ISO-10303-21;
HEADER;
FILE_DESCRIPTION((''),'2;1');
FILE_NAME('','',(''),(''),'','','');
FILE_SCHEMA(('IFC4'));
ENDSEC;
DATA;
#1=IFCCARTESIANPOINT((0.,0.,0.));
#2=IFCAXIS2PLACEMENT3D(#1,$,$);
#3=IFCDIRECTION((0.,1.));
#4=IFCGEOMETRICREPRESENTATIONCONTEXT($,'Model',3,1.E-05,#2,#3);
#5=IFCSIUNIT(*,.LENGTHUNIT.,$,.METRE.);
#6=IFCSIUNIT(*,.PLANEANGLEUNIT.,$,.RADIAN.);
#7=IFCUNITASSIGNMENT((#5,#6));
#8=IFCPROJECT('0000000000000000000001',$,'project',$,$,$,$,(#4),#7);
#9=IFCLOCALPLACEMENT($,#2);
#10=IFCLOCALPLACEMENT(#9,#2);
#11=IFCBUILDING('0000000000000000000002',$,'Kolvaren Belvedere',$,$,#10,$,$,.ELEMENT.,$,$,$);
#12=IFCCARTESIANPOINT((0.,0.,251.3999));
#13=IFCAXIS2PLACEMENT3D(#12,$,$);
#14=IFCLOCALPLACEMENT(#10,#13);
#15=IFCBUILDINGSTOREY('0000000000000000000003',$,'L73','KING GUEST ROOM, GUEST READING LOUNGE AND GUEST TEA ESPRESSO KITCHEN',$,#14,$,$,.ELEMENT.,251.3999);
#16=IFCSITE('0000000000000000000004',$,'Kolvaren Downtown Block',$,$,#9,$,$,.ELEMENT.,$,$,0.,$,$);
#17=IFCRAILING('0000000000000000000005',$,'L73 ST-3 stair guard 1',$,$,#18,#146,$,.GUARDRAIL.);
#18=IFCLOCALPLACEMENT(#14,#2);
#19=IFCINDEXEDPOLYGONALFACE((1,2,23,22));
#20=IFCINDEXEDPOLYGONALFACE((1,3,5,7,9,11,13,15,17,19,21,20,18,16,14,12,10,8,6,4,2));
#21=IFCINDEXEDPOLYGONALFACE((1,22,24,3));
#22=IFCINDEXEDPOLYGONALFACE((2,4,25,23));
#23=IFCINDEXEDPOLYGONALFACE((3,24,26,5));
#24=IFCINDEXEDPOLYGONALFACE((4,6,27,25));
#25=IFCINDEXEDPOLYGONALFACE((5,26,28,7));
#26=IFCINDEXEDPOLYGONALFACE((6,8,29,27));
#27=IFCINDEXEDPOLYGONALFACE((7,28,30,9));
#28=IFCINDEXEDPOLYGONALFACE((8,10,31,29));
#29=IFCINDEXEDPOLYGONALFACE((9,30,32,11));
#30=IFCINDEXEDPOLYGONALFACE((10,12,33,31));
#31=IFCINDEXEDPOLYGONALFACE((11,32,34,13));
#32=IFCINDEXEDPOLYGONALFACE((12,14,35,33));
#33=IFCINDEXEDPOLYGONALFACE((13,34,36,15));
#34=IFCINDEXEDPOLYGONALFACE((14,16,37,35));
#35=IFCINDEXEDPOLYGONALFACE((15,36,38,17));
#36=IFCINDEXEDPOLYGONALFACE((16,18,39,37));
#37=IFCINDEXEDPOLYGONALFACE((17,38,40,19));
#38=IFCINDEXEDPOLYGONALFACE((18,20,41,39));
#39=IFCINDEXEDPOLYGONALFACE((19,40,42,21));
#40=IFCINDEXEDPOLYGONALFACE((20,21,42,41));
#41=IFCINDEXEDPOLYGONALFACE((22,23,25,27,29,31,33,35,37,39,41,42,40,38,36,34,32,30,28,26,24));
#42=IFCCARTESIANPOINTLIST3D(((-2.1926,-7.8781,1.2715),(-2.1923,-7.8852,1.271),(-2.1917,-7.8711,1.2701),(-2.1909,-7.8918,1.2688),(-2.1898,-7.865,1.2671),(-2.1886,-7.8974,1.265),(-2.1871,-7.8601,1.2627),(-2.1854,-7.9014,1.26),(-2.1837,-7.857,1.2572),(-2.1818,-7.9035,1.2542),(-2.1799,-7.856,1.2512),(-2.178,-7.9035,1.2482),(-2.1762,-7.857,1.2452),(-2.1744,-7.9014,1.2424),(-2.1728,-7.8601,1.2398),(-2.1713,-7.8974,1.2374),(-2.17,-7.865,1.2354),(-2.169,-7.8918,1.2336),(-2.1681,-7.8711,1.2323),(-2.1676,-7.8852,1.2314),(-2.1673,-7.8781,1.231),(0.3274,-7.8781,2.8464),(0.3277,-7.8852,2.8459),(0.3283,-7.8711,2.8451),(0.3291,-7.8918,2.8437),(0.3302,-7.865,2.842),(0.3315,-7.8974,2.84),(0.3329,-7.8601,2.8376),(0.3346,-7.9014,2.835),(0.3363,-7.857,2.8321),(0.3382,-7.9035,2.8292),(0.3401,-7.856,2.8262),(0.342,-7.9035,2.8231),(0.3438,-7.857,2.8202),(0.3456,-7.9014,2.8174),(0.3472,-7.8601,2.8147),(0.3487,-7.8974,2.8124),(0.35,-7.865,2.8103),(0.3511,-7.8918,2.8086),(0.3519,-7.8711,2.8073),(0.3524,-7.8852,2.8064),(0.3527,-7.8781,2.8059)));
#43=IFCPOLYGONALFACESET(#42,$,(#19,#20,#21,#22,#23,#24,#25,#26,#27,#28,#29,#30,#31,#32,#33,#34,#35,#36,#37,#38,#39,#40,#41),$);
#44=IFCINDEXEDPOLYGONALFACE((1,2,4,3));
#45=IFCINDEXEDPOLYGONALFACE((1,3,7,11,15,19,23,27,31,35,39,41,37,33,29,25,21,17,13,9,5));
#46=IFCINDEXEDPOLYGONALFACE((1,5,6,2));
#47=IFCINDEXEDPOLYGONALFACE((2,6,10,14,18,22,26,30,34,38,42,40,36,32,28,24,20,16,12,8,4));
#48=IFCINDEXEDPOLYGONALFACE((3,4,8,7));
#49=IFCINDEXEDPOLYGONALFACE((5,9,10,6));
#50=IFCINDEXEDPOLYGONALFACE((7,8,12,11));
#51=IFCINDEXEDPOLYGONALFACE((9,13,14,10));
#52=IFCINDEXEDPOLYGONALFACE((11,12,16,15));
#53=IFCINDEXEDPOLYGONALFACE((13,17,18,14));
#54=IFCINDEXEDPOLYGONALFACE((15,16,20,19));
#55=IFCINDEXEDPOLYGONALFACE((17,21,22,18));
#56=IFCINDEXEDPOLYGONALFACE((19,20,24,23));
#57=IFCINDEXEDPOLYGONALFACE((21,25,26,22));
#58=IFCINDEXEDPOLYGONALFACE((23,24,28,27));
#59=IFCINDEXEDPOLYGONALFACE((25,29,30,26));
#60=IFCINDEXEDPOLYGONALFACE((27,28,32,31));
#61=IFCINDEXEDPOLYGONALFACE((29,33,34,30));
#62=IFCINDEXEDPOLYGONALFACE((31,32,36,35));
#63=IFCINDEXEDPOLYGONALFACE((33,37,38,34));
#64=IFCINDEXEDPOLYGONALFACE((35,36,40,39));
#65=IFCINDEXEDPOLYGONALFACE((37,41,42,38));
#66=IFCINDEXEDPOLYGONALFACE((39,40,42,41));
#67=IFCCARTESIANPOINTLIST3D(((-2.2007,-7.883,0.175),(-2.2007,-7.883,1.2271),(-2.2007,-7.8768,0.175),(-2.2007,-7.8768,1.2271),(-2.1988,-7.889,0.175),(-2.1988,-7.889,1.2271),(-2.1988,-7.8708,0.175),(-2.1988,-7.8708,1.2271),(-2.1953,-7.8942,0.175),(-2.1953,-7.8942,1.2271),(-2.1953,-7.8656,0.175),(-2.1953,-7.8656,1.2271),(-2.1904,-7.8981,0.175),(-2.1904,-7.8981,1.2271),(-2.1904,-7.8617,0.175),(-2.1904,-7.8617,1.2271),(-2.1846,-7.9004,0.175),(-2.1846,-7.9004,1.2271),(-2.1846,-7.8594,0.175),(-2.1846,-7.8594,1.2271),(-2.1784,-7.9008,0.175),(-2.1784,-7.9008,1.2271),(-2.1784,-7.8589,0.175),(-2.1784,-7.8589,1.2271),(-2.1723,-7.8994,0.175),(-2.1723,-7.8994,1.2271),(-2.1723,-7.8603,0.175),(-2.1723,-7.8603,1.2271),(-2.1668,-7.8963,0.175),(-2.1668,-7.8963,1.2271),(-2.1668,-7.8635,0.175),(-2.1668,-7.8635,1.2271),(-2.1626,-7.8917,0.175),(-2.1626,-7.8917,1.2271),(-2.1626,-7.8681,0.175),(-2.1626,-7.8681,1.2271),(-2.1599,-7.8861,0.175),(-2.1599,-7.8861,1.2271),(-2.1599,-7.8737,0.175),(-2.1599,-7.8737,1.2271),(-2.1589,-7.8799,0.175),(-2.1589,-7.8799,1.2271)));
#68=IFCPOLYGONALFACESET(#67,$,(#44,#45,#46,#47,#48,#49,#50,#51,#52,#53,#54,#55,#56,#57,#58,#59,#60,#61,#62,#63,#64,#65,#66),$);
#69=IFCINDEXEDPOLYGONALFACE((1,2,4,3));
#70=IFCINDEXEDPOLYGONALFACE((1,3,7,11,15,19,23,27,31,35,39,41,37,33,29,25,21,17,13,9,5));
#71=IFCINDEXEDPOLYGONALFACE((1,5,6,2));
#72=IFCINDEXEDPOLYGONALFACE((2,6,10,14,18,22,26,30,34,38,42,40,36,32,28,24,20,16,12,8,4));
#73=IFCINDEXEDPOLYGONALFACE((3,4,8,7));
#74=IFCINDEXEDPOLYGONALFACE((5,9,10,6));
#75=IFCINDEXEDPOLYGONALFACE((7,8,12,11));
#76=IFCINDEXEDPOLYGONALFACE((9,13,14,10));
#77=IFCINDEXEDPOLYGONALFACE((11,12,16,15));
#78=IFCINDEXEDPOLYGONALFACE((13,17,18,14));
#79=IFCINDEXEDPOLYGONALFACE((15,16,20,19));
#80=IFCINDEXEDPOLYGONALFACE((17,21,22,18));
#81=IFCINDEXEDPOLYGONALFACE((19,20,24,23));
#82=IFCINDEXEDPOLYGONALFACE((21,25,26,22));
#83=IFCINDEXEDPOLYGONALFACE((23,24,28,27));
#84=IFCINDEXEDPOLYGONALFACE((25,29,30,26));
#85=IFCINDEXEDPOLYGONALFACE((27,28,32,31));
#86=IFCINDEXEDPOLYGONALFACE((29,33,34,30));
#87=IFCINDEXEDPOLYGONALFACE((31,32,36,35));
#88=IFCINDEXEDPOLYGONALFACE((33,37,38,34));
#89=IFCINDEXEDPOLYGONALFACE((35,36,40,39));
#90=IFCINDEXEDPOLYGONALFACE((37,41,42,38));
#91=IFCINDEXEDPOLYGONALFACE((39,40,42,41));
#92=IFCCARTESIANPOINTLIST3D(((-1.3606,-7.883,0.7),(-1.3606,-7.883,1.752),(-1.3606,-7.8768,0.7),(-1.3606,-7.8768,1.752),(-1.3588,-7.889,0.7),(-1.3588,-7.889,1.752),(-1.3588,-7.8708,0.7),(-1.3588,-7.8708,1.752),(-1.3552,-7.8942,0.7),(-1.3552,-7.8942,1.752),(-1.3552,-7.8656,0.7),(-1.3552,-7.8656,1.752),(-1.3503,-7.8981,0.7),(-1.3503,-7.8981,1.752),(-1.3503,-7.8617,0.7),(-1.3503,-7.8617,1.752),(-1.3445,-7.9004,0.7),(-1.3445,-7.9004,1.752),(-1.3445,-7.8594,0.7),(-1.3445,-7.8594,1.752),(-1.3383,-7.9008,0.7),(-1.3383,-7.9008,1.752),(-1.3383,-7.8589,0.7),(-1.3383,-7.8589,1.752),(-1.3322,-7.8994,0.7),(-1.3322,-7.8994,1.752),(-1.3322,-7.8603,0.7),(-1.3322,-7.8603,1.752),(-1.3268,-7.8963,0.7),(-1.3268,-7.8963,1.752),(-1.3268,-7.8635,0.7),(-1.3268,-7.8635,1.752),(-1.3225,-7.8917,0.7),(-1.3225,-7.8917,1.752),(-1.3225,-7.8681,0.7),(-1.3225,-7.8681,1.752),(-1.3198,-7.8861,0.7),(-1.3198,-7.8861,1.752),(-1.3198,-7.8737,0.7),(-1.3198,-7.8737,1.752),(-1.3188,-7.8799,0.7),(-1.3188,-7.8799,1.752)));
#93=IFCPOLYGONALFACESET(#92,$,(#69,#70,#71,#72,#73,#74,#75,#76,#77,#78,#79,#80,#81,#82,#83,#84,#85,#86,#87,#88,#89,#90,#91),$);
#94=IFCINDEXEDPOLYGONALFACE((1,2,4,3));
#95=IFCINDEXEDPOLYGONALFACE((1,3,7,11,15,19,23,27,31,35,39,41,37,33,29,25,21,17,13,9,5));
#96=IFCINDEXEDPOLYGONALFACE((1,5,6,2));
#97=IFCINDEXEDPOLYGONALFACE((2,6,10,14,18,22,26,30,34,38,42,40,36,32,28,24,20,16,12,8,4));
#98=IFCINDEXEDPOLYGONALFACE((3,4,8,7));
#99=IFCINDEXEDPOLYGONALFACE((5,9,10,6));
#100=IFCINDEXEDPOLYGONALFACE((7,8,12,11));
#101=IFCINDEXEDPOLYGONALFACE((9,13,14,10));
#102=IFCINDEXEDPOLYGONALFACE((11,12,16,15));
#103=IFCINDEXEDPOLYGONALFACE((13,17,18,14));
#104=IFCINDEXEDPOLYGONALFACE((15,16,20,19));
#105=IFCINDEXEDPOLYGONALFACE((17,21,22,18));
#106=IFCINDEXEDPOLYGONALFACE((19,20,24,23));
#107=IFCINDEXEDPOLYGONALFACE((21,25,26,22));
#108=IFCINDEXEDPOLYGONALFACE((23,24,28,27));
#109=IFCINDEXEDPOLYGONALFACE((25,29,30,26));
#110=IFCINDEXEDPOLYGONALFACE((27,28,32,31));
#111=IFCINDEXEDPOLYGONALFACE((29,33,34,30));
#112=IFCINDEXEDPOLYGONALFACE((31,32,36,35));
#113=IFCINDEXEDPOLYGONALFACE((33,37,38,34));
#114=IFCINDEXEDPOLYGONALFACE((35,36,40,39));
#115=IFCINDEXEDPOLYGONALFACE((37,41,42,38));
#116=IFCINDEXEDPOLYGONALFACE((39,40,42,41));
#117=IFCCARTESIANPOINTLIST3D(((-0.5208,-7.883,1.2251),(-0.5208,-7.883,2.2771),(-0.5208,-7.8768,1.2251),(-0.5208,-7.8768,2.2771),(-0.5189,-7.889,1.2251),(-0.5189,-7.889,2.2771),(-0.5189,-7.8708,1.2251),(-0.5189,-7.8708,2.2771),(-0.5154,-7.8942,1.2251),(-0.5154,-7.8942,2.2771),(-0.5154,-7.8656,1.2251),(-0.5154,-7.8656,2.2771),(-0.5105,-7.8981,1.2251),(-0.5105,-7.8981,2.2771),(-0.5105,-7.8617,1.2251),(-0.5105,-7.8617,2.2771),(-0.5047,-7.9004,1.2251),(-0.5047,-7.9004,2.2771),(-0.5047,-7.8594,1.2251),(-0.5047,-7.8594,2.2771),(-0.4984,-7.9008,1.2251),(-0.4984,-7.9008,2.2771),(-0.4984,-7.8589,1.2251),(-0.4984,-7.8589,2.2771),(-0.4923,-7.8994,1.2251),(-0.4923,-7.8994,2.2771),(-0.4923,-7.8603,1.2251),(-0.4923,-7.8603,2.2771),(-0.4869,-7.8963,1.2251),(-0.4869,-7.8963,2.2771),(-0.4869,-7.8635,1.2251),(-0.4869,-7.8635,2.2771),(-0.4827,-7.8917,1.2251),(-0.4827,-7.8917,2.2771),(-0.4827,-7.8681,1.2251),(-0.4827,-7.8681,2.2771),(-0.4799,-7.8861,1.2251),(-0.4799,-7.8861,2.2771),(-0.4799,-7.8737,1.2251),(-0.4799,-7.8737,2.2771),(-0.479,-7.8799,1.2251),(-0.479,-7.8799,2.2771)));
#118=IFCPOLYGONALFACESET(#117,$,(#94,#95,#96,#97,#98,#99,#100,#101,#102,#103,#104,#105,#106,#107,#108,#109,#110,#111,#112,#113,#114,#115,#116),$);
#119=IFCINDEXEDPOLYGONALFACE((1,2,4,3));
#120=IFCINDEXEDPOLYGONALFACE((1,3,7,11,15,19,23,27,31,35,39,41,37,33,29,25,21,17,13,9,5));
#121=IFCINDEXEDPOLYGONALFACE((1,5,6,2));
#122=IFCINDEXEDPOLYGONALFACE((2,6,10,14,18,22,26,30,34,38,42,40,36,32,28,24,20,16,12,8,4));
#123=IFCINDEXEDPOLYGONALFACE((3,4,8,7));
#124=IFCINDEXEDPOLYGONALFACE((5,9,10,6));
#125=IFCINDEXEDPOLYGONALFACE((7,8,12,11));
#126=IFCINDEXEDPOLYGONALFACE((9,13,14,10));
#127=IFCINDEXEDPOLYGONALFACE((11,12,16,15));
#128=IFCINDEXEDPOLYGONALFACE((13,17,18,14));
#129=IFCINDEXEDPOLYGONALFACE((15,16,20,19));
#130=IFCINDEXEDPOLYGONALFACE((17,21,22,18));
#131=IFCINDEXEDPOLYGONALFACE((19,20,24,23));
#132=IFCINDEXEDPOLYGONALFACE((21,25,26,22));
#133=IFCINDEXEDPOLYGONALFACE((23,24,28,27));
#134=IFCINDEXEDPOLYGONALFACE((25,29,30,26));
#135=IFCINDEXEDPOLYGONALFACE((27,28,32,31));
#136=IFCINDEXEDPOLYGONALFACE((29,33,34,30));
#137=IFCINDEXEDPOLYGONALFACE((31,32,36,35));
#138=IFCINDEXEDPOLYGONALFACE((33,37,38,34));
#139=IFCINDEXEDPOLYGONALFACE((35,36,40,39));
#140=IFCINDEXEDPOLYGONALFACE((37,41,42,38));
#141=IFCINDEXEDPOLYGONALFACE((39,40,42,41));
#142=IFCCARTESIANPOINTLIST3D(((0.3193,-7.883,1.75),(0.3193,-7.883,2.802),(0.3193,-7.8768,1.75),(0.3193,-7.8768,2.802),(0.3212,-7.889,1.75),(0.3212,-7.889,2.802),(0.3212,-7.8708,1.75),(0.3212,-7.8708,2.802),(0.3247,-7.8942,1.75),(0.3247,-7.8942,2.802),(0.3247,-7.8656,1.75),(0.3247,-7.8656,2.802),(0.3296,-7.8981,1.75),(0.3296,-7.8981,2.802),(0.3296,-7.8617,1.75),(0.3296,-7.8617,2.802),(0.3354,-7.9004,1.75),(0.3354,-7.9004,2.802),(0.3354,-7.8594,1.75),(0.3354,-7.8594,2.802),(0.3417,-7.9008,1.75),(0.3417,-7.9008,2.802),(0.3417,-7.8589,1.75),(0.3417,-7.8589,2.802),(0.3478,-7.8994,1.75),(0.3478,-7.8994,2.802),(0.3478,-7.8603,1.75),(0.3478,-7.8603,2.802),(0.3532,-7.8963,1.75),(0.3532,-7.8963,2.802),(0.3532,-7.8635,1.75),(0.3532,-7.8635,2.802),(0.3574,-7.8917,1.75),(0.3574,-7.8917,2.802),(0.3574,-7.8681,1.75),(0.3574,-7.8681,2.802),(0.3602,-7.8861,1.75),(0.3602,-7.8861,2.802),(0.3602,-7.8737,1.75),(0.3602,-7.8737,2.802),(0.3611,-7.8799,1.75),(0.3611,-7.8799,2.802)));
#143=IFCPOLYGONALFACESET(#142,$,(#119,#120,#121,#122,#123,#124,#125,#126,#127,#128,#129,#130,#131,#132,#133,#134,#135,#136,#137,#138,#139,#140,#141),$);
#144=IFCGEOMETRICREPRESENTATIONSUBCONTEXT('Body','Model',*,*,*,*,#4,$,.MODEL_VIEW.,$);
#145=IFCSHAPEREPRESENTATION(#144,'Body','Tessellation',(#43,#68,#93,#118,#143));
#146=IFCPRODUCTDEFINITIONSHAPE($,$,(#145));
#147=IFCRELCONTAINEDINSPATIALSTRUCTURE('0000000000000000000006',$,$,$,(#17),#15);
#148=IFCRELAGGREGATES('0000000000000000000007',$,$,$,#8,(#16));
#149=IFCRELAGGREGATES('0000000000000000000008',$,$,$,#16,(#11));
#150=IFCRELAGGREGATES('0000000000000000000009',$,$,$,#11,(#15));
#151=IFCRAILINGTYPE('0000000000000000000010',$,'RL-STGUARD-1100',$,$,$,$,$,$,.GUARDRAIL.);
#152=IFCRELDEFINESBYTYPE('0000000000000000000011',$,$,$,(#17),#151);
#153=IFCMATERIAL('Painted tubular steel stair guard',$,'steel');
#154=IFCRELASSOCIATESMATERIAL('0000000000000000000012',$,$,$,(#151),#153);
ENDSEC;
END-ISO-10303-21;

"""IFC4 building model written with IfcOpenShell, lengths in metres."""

from ifc_helpers import new_model, si_unit, direction, frame, origin, origin_2d, place, context, subcontext, project, spatial, circle, extrude, material, type_object, element, save


model = new_model("IFC4")

# Units and contexts
model_context = context("Model", 3, precision=1e-05, world=origin(), true_north=direction((0.0, 1.0)))
body_context = subcontext(model_context, "Body", "Model", "MODEL_VIEW")
ifc_project = project(units=[si_unit("LENGTHUNIT", "METRE"), si_unit("PLANEANGLEUNIT", "RADIAN")], contexts=[model_context])

# Site, building, storey
site_placement = place(None, origin())
site = spatial("IfcSite", under=ifc_project, at=site_placement, Name="Kolvaren Downtown Block", CompositionType="ELEMENT", RefElevation=0.0)
building_placement = place(site_placement, origin())
building = spatial("IfcBuilding", under=site, at=building_placement, Name="Kolvaren Belvedere", CompositionType="ELEMENT")
storey_placement = place(building_placement, frame((0.0, 0.0, 251.3999)))
storey = spatial("IfcBuildingStorey", under=building, at=storey_placement, Name="L73", Description="KING GUEST ROOM, GUEST READING LOUNGE AND GUEST TEA ESPRESSO KITCHEN", CompositionType="ELEMENT", Elevation=251.3999)

# Railing
ifc_material_1 = material(Name="Painted tubular steel stair guard", Category="steel")
railing_type_1 = type_object("IfcRailingType", Name="RL-STGUARD-1100", PredefinedType="GUARDRAIL", material=ifc_material_1)
railing_1_placement = place(storey_placement, frame((-2.1799, -7.8799, 0.175)))
element("IfcRailing", 1, at=railing_1_placement, inside=storey, type_object=railing_type_1, Name="L73 ST-3 stair guard 1", PredefinedType="GUARDRAIL", context=body_context, shape_type="SweptSolid", body=[
    extrude(circle(Radius=0.0239, at=origin_2d()), frame((0.0, 0.0, 1.0762), z_axis=(0.848008, 0.0, 0.529984), x_axis=(0.0, 1.0, 0.0)), (0.0, 0.0, 1.0), 2.9717),
    extrude(circle(Radius=0.021, at=origin_2d()), origin(), (0.0, 0.0, 1.0), 1.052),
    extrude(circle(Radius=0.021, at=origin_2d()), frame((0.8401, 0.0, 0.5249)), (0.0, 0.0, 1.0), 1.052),
    extrude(circle(Radius=0.021, at=origin_2d()), frame((1.6799, 0.0, 1.05)), (0.0, 0.0, 1.0), 1.052),
    extrude(circle(Radius=0.021, at=origin_2d()), frame((2.52, 0.0, 1.575)), (0.0, 0.0, 1.0), 1.052),
])

save(model, "model.ifc")
